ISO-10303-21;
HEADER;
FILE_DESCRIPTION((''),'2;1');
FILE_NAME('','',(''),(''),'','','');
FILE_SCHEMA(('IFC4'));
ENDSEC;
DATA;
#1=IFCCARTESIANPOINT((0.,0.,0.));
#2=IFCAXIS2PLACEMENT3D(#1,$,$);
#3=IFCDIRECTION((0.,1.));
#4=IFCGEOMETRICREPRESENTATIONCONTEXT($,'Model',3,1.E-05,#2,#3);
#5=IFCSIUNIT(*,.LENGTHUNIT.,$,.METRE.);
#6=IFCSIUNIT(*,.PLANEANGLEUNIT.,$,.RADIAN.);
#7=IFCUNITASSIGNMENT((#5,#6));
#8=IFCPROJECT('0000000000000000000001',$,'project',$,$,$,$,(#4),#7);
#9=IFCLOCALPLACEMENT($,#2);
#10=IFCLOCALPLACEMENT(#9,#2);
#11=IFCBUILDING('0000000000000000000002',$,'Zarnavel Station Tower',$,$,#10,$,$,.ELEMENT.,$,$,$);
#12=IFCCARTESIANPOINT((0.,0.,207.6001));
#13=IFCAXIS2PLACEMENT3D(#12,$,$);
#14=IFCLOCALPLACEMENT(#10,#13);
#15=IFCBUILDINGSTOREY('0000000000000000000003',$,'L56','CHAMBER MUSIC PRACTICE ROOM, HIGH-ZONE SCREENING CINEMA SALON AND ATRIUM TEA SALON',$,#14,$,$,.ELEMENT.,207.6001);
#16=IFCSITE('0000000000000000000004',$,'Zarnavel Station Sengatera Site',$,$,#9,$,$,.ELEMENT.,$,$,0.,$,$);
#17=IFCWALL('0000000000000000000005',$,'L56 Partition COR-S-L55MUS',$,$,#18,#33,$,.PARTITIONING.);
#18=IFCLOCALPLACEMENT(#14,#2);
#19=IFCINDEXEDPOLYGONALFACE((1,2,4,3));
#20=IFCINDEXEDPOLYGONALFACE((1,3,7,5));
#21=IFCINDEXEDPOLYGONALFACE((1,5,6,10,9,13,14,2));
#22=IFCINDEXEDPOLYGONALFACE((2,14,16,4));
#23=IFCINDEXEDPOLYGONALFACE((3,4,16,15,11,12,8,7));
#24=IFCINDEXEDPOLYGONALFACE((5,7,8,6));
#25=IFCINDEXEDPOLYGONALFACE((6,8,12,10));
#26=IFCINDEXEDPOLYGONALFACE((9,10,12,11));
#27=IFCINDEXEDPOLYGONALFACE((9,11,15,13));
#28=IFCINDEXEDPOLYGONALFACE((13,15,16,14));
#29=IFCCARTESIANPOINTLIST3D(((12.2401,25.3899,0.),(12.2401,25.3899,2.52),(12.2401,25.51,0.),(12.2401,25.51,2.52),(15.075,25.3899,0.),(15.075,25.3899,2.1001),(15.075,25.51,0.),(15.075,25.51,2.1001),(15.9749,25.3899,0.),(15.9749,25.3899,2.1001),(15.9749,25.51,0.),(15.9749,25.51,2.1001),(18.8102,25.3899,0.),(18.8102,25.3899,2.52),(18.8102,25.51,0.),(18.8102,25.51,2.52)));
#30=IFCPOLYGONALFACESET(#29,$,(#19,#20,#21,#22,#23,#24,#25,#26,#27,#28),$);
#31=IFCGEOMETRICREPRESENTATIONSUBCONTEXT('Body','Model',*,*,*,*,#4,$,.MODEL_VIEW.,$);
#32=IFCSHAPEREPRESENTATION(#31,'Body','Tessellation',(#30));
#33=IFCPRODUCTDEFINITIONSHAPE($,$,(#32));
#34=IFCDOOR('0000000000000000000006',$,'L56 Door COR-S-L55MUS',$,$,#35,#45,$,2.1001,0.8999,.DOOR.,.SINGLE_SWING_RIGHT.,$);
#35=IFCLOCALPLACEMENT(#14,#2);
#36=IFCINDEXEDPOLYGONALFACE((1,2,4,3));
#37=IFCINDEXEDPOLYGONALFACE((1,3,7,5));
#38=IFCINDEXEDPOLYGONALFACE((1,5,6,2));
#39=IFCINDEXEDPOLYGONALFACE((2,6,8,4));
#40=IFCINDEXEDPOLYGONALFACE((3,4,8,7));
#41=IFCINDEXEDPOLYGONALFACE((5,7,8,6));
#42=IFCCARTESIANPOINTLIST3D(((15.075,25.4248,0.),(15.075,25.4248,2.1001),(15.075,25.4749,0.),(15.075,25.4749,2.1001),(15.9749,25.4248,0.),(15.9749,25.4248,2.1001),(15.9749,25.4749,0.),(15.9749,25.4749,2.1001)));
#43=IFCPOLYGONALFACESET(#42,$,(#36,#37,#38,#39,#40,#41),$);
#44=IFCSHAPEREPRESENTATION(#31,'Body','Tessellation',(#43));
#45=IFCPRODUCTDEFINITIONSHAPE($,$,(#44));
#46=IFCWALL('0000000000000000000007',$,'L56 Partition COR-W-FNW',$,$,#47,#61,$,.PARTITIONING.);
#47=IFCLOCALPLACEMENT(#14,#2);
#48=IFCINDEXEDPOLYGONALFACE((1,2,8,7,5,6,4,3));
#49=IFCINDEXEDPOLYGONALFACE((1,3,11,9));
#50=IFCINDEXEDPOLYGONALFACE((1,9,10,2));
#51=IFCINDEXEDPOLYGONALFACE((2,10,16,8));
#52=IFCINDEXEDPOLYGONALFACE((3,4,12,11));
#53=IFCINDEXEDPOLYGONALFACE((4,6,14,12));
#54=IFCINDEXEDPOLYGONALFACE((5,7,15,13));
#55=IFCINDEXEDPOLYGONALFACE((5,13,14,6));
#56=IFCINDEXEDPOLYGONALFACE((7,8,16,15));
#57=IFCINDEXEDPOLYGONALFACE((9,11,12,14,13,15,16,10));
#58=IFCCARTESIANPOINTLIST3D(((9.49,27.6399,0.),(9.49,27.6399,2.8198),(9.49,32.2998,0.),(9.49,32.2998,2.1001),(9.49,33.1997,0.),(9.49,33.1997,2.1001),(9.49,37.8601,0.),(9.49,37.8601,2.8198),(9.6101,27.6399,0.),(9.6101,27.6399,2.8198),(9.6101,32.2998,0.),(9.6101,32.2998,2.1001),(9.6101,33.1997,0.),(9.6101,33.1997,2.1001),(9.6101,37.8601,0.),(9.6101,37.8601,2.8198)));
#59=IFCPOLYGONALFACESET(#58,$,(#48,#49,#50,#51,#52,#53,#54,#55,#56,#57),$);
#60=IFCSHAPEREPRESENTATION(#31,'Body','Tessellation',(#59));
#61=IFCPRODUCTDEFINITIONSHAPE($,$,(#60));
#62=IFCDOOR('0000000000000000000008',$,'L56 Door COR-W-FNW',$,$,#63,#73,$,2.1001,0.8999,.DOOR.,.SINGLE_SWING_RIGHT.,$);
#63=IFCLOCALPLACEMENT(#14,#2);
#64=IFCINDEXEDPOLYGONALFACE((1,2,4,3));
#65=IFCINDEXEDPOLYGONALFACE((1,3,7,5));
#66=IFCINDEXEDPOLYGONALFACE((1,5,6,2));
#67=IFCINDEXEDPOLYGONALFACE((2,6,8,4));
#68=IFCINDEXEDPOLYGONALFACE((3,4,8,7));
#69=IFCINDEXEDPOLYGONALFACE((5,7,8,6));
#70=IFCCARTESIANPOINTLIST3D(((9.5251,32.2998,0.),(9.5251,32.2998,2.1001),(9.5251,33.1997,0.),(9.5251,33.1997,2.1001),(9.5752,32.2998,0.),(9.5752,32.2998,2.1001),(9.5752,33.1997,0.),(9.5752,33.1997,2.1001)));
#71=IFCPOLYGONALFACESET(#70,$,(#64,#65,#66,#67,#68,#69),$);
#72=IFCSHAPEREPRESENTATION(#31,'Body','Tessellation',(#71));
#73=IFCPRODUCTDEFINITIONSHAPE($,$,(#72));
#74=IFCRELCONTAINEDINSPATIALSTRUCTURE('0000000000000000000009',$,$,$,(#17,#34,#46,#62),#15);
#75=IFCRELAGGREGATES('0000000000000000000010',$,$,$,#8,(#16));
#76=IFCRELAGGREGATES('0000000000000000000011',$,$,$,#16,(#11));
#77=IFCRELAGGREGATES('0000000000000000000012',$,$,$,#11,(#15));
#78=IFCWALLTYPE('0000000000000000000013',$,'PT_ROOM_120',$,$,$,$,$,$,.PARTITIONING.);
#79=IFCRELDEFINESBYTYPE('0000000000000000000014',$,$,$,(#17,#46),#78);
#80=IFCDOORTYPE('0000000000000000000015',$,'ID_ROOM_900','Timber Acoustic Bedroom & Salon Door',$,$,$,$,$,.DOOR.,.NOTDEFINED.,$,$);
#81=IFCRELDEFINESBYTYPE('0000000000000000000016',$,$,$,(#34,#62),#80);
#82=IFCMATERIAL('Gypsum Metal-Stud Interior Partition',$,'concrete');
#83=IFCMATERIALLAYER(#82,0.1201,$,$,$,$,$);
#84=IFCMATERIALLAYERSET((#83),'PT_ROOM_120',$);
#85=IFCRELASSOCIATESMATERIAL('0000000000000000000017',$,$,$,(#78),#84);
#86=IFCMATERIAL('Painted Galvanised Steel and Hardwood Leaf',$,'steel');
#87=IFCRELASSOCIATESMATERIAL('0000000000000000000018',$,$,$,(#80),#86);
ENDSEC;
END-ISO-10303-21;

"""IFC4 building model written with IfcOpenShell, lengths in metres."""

from ifc_helpers import new_model, si_unit, direction, frame, frame_2d, origin, place, context, subcontext, project, spatial, rectangle, extrude, material, layer, layer_set, type_object, element, fill, save


model = new_model("IFC4")

# Units and contexts
model_context = context("Model", 3, precision=1e-05, world=origin(), true_north=direction((0.0, 1.0)))
body_context = subcontext(model_context, "Body", "Model", "MODEL_VIEW")
ifc_project = project(units=[si_unit("LENGTHUNIT", "METRE"), si_unit("PLANEANGLEUNIT", "RADIAN")], contexts=[model_context])

# Site, building, storey
site_placement = place(None, origin())
site = spatial("IfcSite", under=ifc_project, at=site_placement, Name="Zarnavel Station Sengatera Site", CompositionType="ELEMENT", RefElevation=0.0)
building_placement = place(site_placement, origin())
building = spatial("IfcBuilding", under=site, at=building_placement, Name="Zarnavel Station Tower", CompositionType="ELEMENT")
storey_placement = place(building_placement, frame((0.0, 0.0, 207.6001)))
storey = spatial("IfcBuildingStorey", under=building, at=storey_placement, Name="L56", Description="CHAMBER MUSIC PRACTICE ROOM, HIGH-ZONE SCREENING CINEMA SALON AND ATRIUM TEA SALON", CompositionType="ELEMENT", Elevation=207.6001)

# Walls, openings, doors
ifc_material_1 = material(Name="Gypsum Metal-Stud Interior Partition", Category="concrete")
ifc_layer_1 = layer(ifc_material_1, 0.1201)
ifc_layer_set_1 = layer_set([ifc_layer_1], Name="PT_ROOM_120")
wall_type_1 = type_object("IfcWallType", Name="PT_ROOM_120", PredefinedType="PARTITIONING", material=ifc_layer_set_1)
ifc_material_2 = material(Name="Painted Galvanised Steel and Hardwood Leaf", Category="steel")
door_type = type_object("IfcDoorType", Name="ID_ROOM_900", Description="Timber Acoustic Bedroom & Salon Door", OperationType="NOTDEFINED", PredefinedType="DOOR", material=ifc_material_2)
wall_1_placement = place(storey_placement, frame((12.24, 25.45, 0.0), z_axis=(0.0, 0.0, 1.0), x_axis=(1.0, 0.0, 0.0)))
wall_1 = element("IfcWall", 1, at=wall_1_placement, inside=storey, type_object=wall_type_1, Name="L56 Partition COR-S-L55MUS", PredefinedType="PARTITIONING", context=body_context, shape_type="SweptSolid", body=[
    extrude(rectangle(XDim=6.5701, YDim=0.1201, at=frame_2d((3.2852, 0.0))), origin(), (0.0, 0.0, 1.0), 2.52),
])
opening_1_placement = place(wall_1_placement, frame((2.835, 0.0, 0.0)))
opening_1 = element("IfcOpeningElement", 2, at=opening_1_placement, cuts=wall_1, PredefinedType="OPENING", context=body_context, shape_type="SweptSolid", body=[
    extrude(rectangle(XDim=0.8999, YDim=2.1001, at=frame_2d((0.45, 1.05))), frame((0.0, 0.0701, 0.0), z_axis=(0.0, -1.0, 0.0), x_axis=(1.0, 0.0, 0.0)), (0.0, 0.0, 1.0), 0.1401),
])
door_1_placement = place(opening_1_placement, origin())
door_1 = element("IfcDoor", 3, at=door_1_placement, inside=storey, type_object=door_type, Name="L56 Door COR-S-L55MUS", OperationType="SINGLE_SWING_RIGHT", OverallHeight=2.1001, OverallWidth=0.8999, PredefinedType="DOOR", context=body_context, shape_type="SweptSolid", body=[
    extrude(rectangle(XDim=0.8999, YDim=2.1001, at=frame_2d((0.45, 1.05))), frame((0.0, 0.0249, 0.0), z_axis=(0.0, -1.0, 0.0), x_axis=(1.0, 0.0, 0.0)), (0.0, 0.0, 1.0), 0.05),
])
fill(opening_1, door_1)
wall_2_placement = place(storey_placement, frame((9.55, 27.6399, 0.0), z_axis=(0.0, 0.0, 1.0), x_axis=(0.0, 1.0, 0.0)))
wall_2 = element("IfcWall", 4, at=wall_2_placement, inside=storey, type_object=wall_type_1, Name="L56 Partition COR-W-FNW", PredefinedType="PARTITIONING", context=body_context, shape_type="SweptSolid", body=[
    extrude(rectangle(XDim=10.2202, YDim=0.1201, at=frame_2d((5.1101, 0.0))), origin(), (0.0, 0.0, 1.0), 2.8198),
])
opening_2_placement = place(wall_2_placement, frame((4.6599, 0.0, 0.0)))
opening_2 = element("IfcOpeningElement", 5, at=opening_2_placement, cuts=wall_2, PredefinedType="OPENING", context=body_context, shape_type="SweptSolid", body=[
    extrude(rectangle(XDim=0.8999, YDim=2.1001, at=frame_2d((0.45, 1.05))), frame((0.0, 0.0701, 0.0), z_axis=(0.0, -1.0, 0.0), x_axis=(1.0, 0.0, 0.0)), (0.0, 0.0, 1.0), 0.1401),
])
door_2_placement = place(opening_2_placement, origin())
door_2 = element("IfcDoor", 6, at=door_2_placement, inside=storey, type_object=door_type, Name="L56 Door COR-W-FNW", OperationType="SINGLE_SWING_RIGHT", OverallHeight=2.1001, OverallWidth=0.8999, PredefinedType="DOOR", context=body_context, shape_type="SweptSolid", body=[
    extrude(rectangle(XDim=0.8999, YDim=2.1001, at=frame_2d((0.45, 1.05))), frame((0.0, 0.0249, 0.0), z_axis=(0.0, -1.0, 0.0), x_axis=(1.0, 0.0, 0.0)), (0.0, 0.0, 1.0), 0.05),
])
fill(opening_2, door_2)

save(model, "model.ifc")
